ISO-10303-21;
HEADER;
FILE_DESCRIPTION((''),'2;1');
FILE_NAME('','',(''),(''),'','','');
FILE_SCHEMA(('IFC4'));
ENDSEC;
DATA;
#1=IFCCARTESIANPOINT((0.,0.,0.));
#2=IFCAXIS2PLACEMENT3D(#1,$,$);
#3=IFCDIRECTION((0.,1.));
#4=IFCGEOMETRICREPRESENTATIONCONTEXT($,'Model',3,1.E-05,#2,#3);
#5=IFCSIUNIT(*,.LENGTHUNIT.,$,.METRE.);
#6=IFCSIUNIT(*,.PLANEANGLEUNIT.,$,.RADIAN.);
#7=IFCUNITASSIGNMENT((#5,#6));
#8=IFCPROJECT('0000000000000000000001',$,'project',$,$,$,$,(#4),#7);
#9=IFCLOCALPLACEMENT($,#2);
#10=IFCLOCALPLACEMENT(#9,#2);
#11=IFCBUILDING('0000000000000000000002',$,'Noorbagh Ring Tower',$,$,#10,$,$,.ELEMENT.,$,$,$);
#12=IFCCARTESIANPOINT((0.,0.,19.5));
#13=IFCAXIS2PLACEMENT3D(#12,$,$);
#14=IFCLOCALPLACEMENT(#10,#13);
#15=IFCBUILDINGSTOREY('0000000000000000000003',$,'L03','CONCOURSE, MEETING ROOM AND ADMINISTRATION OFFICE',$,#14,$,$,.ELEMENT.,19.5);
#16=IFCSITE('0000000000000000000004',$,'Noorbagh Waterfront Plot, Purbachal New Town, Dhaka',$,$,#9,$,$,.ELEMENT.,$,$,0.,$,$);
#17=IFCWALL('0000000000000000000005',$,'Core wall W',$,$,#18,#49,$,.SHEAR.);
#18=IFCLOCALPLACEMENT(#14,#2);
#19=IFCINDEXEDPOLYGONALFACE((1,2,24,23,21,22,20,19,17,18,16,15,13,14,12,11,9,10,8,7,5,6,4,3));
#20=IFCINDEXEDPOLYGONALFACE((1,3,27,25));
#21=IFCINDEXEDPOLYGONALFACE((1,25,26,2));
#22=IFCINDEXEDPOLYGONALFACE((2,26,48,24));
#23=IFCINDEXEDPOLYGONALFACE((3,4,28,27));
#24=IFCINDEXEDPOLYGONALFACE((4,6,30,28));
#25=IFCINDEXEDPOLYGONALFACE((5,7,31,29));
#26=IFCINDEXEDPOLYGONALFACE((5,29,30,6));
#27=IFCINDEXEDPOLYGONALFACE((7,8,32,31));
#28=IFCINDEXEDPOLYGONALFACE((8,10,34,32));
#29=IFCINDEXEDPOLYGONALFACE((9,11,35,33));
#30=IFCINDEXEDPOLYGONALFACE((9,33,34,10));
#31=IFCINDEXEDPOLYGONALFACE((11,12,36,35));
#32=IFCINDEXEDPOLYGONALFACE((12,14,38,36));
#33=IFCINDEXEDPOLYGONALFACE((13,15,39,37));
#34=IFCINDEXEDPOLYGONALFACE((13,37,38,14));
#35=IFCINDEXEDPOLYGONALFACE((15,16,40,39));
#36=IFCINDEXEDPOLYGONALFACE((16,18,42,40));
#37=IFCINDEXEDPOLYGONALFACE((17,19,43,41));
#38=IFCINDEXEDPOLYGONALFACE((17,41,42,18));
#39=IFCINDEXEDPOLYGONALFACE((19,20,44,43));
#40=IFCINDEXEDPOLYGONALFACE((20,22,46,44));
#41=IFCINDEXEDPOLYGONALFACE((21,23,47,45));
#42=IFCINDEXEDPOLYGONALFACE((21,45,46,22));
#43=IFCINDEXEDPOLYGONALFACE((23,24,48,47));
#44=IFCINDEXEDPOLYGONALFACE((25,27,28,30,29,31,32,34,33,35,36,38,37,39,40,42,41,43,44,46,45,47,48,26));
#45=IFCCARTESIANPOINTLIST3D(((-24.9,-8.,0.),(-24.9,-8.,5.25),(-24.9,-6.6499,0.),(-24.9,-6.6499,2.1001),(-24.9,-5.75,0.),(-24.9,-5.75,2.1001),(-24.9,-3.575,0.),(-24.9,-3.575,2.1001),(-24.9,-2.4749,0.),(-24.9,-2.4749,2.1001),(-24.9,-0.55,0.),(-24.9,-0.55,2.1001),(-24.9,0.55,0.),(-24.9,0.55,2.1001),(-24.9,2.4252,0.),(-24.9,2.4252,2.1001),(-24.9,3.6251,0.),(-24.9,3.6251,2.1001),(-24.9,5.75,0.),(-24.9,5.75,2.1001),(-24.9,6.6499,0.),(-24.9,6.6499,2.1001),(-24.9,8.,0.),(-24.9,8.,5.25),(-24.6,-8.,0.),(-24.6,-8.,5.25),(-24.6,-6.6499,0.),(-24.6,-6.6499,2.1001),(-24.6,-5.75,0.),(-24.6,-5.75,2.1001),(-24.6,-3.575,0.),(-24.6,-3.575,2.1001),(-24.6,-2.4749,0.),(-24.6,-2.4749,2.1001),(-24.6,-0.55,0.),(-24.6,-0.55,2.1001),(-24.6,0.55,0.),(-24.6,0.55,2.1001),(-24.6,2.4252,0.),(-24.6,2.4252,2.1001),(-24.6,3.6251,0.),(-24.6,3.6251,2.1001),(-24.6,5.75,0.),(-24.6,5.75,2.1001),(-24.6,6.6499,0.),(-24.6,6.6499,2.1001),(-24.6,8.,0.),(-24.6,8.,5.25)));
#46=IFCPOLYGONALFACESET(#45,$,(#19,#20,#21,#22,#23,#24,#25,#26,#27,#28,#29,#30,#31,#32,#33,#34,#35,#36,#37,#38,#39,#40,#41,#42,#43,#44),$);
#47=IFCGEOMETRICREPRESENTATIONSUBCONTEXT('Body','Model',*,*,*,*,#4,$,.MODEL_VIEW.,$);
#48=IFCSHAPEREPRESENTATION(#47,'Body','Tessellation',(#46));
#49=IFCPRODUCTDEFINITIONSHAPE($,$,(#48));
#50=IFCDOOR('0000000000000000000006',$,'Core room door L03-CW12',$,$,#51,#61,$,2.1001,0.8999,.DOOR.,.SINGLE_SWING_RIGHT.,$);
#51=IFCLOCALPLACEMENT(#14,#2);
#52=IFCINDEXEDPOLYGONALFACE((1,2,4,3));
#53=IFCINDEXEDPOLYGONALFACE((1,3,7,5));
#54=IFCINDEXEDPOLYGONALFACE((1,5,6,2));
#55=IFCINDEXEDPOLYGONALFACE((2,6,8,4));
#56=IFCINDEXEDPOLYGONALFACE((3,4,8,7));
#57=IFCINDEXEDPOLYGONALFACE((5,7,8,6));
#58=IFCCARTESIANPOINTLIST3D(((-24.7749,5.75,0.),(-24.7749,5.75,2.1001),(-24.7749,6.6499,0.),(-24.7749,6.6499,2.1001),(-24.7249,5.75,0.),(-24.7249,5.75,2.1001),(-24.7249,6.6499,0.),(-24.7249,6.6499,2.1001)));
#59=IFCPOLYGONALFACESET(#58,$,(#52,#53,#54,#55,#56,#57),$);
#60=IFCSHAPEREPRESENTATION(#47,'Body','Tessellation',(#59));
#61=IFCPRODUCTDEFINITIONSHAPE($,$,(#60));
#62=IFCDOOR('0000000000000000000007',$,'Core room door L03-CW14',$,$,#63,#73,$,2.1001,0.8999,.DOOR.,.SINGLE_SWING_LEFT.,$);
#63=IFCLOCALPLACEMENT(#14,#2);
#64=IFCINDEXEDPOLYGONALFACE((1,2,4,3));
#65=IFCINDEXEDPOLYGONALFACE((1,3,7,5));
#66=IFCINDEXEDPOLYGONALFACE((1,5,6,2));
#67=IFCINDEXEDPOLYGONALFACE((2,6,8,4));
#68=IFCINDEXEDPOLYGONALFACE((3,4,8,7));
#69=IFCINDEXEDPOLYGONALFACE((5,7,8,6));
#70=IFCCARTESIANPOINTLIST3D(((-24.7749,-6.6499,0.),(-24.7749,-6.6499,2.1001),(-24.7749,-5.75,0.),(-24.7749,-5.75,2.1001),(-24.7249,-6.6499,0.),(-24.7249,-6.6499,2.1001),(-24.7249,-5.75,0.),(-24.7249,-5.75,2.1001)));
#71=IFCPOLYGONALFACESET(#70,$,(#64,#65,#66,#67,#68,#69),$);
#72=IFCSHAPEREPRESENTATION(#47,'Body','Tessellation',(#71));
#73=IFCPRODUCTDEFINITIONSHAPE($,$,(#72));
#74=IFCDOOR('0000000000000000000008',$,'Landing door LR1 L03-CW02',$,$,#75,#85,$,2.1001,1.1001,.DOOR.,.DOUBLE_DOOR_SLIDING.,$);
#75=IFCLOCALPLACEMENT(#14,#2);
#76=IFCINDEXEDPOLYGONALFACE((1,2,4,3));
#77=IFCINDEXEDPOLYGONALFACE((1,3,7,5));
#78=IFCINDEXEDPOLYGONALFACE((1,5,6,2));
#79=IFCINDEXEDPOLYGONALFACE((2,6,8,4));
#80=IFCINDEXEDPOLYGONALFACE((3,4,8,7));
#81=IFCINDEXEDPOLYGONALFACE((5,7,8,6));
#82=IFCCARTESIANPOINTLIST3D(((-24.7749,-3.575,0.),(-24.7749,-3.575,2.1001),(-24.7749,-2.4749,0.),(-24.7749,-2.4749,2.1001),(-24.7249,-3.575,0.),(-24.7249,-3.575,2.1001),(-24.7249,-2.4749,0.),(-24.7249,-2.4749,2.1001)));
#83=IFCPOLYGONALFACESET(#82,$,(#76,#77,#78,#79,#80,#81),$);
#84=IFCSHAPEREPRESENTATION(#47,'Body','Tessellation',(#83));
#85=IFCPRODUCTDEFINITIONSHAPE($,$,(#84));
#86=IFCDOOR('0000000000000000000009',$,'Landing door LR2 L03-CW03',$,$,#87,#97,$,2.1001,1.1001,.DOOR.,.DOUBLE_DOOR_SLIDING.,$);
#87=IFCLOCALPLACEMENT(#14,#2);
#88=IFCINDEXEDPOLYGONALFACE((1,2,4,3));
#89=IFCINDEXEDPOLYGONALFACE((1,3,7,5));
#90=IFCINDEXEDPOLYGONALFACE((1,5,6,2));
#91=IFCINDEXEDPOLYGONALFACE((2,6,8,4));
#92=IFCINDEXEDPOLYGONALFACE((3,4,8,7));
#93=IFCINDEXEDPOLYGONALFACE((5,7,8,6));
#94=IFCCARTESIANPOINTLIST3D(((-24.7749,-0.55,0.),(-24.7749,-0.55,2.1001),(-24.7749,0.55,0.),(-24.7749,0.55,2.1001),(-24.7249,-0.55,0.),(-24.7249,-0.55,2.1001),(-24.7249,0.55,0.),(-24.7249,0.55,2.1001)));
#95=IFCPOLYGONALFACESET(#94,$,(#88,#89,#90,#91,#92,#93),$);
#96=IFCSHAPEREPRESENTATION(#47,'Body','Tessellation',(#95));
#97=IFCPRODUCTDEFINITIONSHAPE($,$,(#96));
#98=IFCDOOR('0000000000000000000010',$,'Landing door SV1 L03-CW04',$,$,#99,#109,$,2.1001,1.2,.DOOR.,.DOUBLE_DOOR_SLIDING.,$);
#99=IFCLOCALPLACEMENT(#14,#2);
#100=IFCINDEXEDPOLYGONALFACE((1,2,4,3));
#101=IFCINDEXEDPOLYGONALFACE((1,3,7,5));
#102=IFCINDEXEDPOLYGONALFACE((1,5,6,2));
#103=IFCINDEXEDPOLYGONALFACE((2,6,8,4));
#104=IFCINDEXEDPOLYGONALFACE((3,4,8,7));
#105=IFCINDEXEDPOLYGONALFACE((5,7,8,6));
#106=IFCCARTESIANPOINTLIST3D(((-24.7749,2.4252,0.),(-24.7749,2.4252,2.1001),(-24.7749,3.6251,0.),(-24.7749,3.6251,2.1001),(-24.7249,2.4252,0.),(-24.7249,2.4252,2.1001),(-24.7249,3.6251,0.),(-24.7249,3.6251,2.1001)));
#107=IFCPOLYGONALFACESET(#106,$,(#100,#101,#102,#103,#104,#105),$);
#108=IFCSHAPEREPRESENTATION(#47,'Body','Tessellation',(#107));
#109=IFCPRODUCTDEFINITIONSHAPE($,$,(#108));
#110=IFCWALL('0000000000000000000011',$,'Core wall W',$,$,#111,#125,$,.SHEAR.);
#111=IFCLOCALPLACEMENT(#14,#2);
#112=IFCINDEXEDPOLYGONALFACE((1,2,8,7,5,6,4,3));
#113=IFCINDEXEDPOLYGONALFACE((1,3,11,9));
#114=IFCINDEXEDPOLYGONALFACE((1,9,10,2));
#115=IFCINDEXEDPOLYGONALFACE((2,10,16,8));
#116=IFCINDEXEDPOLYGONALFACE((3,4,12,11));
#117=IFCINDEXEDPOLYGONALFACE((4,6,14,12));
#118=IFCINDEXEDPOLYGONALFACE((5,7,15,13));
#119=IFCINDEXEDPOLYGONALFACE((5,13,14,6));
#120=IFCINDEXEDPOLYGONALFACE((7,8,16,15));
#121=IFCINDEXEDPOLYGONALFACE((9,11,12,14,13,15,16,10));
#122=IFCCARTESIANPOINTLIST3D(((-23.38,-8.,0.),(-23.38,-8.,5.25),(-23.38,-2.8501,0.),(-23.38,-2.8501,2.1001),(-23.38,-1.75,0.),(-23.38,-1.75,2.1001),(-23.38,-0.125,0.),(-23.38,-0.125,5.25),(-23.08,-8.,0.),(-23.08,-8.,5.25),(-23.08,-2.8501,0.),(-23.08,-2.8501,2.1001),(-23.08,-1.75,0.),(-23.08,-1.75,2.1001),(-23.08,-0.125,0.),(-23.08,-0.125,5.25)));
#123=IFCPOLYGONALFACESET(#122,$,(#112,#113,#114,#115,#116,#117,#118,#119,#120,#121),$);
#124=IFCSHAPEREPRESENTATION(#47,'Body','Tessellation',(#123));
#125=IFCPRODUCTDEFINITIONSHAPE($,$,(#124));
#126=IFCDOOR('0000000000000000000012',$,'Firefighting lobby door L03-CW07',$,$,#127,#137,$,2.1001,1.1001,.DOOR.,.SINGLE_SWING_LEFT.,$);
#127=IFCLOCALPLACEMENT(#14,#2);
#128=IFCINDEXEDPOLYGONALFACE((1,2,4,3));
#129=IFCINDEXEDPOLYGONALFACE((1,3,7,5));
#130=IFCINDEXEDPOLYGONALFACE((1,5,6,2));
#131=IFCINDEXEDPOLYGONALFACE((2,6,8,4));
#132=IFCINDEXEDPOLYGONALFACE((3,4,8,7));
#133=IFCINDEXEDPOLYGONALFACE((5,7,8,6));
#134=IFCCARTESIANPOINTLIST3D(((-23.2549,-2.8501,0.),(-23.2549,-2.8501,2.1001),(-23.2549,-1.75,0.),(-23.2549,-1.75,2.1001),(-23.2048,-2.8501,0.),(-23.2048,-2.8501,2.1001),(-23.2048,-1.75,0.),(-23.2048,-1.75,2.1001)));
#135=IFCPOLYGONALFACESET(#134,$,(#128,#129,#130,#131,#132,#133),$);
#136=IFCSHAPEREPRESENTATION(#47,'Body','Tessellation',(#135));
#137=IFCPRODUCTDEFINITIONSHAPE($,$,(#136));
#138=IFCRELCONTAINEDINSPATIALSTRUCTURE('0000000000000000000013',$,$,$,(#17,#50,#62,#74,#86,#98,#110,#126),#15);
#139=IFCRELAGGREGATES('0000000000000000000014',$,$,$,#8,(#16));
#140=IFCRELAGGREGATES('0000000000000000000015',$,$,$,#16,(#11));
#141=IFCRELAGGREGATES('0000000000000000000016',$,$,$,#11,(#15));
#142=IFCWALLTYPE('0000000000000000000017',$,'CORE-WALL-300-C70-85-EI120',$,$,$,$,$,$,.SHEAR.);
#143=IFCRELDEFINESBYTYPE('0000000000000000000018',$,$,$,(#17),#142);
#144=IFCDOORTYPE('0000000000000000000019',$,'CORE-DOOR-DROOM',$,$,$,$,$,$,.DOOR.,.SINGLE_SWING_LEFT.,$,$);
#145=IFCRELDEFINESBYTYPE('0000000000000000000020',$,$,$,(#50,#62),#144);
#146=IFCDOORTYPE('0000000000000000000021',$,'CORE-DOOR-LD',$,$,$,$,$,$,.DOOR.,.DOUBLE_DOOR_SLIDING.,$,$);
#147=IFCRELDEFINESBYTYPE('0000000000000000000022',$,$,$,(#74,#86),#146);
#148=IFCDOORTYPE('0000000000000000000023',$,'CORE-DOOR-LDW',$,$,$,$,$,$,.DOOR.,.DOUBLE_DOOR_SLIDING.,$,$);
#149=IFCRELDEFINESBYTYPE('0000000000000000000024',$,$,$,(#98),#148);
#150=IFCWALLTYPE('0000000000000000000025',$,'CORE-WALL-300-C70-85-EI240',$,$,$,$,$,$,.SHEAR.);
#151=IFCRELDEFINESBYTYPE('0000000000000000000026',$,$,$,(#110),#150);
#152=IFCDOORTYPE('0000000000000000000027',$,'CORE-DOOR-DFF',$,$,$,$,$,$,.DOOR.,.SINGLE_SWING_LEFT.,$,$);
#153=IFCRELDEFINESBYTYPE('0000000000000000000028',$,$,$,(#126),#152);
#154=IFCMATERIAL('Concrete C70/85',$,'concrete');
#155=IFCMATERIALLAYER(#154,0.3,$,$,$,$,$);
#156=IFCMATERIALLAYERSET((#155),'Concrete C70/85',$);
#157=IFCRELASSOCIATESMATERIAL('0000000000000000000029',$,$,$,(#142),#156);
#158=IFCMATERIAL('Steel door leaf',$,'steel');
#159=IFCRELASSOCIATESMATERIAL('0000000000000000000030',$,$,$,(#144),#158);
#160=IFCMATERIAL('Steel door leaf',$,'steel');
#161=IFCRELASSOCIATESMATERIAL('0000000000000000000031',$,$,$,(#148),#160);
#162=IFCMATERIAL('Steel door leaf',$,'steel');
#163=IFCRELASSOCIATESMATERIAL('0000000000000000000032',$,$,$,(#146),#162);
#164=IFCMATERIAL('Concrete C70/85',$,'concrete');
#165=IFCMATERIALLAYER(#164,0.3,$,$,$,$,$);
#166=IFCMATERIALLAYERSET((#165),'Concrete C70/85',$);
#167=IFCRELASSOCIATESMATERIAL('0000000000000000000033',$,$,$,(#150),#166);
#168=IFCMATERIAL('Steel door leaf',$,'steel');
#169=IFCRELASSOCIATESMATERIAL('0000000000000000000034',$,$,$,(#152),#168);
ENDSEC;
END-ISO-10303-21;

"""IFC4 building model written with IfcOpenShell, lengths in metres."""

from ifc_helpers import new_model, si_unit, direction, frame, frame_2d, origin, place, context, subcontext, project, spatial, rectangle, extrude, material, layer, layer_set, type_object, element, fill, save


model = new_model("IFC4")

# Units and contexts
model_context = context("Model", 3, precision=1e-05, world=origin(), true_north=direction((0.0, 1.0)))
body_context = subcontext(model_context, "Body", "Model", "MODEL_VIEW")
ifc_project = project(units=[si_unit("LENGTHUNIT", "METRE"), si_unit("PLANEANGLEUNIT", "RADIAN")], contexts=[model_context])

# Site, building, storey
site_placement = place(None, origin())
site = spatial("IfcSite", under=ifc_project, at=site_placement, Name="Noorbagh Waterfront Plot, Purbachal New Town, Dhaka", CompositionType="ELEMENT", RefElevation=0.0)
building_placement = place(site_placement, origin())
building = spatial("IfcBuilding", under=site, at=building_placement, Name="Noorbagh Ring Tower", CompositionType="ELEMENT")
storey_placement = place(building_placement, frame((0.0, 0.0, 19.5)))
storey = spatial("IfcBuildingStorey", under=building, at=storey_placement, Name="L03", Description="CONCOURSE, MEETING ROOM AND ADMINISTRATION OFFICE", CompositionType="ELEMENT", Elevation=19.5)

# Wall, openings, doors
ifc_material_1 = material(Name="Concrete C70/85", Category="concrete")
ifc_layer_1 = layer(ifc_material_1, 0.3)
ifc_layer_set_1 = layer_set([ifc_layer_1], Name="Concrete C70/85")
wall_type_1 = type_object("IfcWallType", Name="CORE-WALL-300-C70-85-EI120", PredefinedType="SHEAR", material=ifc_layer_set_1)
ifc_material_2 = material(Name="Steel door leaf", Category="steel")
door_type_1 = type_object("IfcDoorType", Name="CORE-DOOR-DROOM", OperationType="SINGLE_SWING_LEFT", PredefinedType="DOOR", material=ifc_material_2)
ifc_material_3 = material(Name="Steel door leaf", Category="steel")
door_type_2 = type_object("IfcDoorType", Name="CORE-DOOR-LDW", OperationType="DOUBLE_DOOR_SLIDING", PredefinedType="DOOR", material=ifc_material_3)
wall_1_placement = place(storey_placement, frame((-24.75, -8.0, 0.0), z_axis=(0.0, 0.0, 1.0), x_axis=(0.0, 1.0, 0.0)))
wall_1 = element("IfcWall", 1, at=wall_1_placement, inside=storey, type_object=wall_type_1, Name="Core wall W", PredefinedType="SHEAR", context=body_context, shape_type="SweptSolid", body=[
    extrude(rectangle(XDim=16.0, YDim=0.3, at=frame_2d((8.0, 0.0))), origin(), (0.0, 0.0, 1.0), 5.25),
])
opening_1_placement = place(wall_1_placement, frame((4.425, 0.0, 0.0)))
opening_1 = element("IfcOpeningElement", 2, at=opening_1_placement, cuts=wall_1, PredefinedType="OPENING", context=body_context, shape_type="SweptSolid", body=[
    extrude(rectangle(XDim=1.1001, YDim=2.1001, at=frame_2d((0.55, 1.05))), frame((0.0, 0.1602, 0.0), z_axis=(0.0, -1.0, 0.0), x_axis=(1.0, 0.0, 0.0)), (0.0, 0.0, 1.0), 0.3201),
])
opening_2_placement = place(wall_1_placement, frame((7.45, 0.0, 0.0)))
opening_2 = element("IfcOpeningElement", 3, at=opening_2_placement, cuts=wall_1, PredefinedType="OPENING", context=body_context, shape_type="SweptSolid", body=[
    extrude(rectangle(XDim=1.1001, YDim=2.1001, at=frame_2d((0.55, 1.05))), frame((0.0, 0.1602, 0.0), z_axis=(0.0, -1.0, 0.0), x_axis=(1.0, 0.0, 0.0)), (0.0, 0.0, 1.0), 0.3201),
])
opening_3_placement = place(wall_1_placement, frame((10.425, 0.0, 0.0)))
opening_3 = element("IfcOpeningElement", 4, at=opening_3_placement, cuts=wall_1, PredefinedType="OPENING", context=body_context, shape_type="SweptSolid", body=[
    extrude(rectangle(XDim=1.2, YDim=2.1001, at=frame_2d((0.6001, 1.05))), frame((0.0, 0.1602, 0.0), z_axis=(0.0, -1.0, 0.0), x_axis=(1.0, 0.0, 0.0)), (0.0, 0.0, 1.0), 0.3201),
])
opening_4_placement = place(wall_1_placement, frame((13.75, 0.0, 0.0)))
opening_4 = element("IfcOpeningElement", 5, at=opening_4_placement, cuts=wall_1, PredefinedType="OPENING", context=body_context, shape_type="SweptSolid", body=[
    extrude(rectangle(XDim=0.8999, YDim=2.1001, at=frame_2d((0.45, 1.05))), frame((0.0, 0.1602, 0.0), z_axis=(0.0, -1.0, 0.0), x_axis=(1.0, 0.0, 0.0)), (0.0, 0.0, 1.0), 0.3201),
])
opening_5_placement = place(wall_1_placement, frame((1.3501, 0.0, 0.0)))
opening_5 = element("IfcOpeningElement", 6, at=opening_5_placement, cuts=wall_1, PredefinedType="OPENING", context=body_context, shape_type="SweptSolid", body=[
    extrude(rectangle(XDim=0.8999, YDim=2.1001, at=frame_2d((0.45, 1.05))), frame((0.0, 0.1602, 0.0), z_axis=(0.0, -1.0, 0.0), x_axis=(1.0, 0.0, 0.0)), (0.0, 0.0, 1.0), 0.3201),
])
door_1_placement = place(opening_4_placement, origin())
door_1 = element("IfcDoor", 7, at=door_1_placement, inside=storey, type_object=door_type_1, Name="Core room door L03-CW12", OperationType="SINGLE_SWING_RIGHT", OverallHeight=2.1001, OverallWidth=0.8999, PredefinedType="DOOR", context=body_context, shape_type="SweptSolid", body=[
    extrude(rectangle(XDim=0.8999, YDim=2.1001, at=frame_2d((0.45, 1.05))), frame((0.0, 0.0249, 0.0), z_axis=(0.0, -1.0, 0.0), x_axis=(1.0, 0.0, 0.0)), (0.0, 0.0, 1.0), 0.05),
])
fill(opening_4, door_1)
door_2_placement = place(opening_5_placement, origin())
door_2 = element("IfcDoor", 8, at=door_2_placement, inside=storey, type_object=door_type_1, Name="Core room door L03-CW14", OperationType="SINGLE_SWING_LEFT", OverallHeight=2.1001, OverallWidth=0.8999, PredefinedType="DOOR", context=body_context, shape_type="SweptSolid", body=[
    extrude(rectangle(XDim=0.8999, YDim=2.1001, at=frame_2d((0.45, 1.05))), frame((0.0, 0.0249, 0.0), z_axis=(0.0, -1.0, 0.0), x_axis=(1.0, 0.0, 0.0)), (0.0, 0.0, 1.0), 0.05),
])
fill(opening_5, door_2)
ifc_material_4 = material(Name="Steel door leaf", Category="steel")
door_type_3 = type_object("IfcDoorType", Name="CORE-DOOR-LD", OperationType="DOUBLE_DOOR_SLIDING", PredefinedType="DOOR", material=ifc_material_4)
door_3_placement = place(opening_1_placement, origin())
door_3 = element("IfcDoor", 9, at=door_3_placement, inside=storey, type_object=door_type_3, Name="Landing door LR1 L03-CW02", OperationType="DOUBLE_DOOR_SLIDING", OverallHeight=2.1001, OverallWidth=1.1001, PredefinedType="DOOR", context=body_context, shape_type="SweptSolid", body=[
    extrude(rectangle(XDim=1.1001, YDim=2.1001, at=frame_2d((0.55, 1.05))), frame((0.0, 0.0249, 0.0), z_axis=(0.0, -1.0, 0.0), x_axis=(1.0, 0.0, 0.0)), (0.0, 0.0, 1.0), 0.05),
])
fill(opening_1, door_3)
door_4_placement = place(opening_2_placement, origin())
door_4 = element("IfcDoor", 10, at=door_4_placement, inside=storey, type_object=door_type_3, Name="Landing door LR2 L03-CW03", OperationType="DOUBLE_DOOR_SLIDING", OverallHeight=2.1001, OverallWidth=1.1001, PredefinedType="DOOR", context=body_context, shape_type="SweptSolid", body=[
    extrude(rectangle(XDim=1.1001, YDim=2.1001, at=frame_2d((0.55, 1.05))), frame((0.0, 0.0249, 0.0), z_axis=(0.0, -1.0, 0.0), x_axis=(1.0, 0.0, 0.0)), (0.0, 0.0, 1.0), 0.05),
])
fill(opening_2, door_4)
door_5_placement = place(opening_3_placement, origin())
door_5 = element("IfcDoor", 11, at=door_5_placement, inside=storey, type_object=door_type_2, Name="Landing door SV1 L03-CW04", OperationType="DOUBLE_DOOR_SLIDING", OverallHeight=2.1001, OverallWidth=1.2, PredefinedType="DOOR", context=body_context, shape_type="SweptSolid", body=[
    extrude(rectangle(XDim=1.2, YDim=2.1001, at=frame_2d((0.6001, 1.05))), frame((0.0, 0.0249, 0.0), z_axis=(0.0, -1.0, 0.0), x_axis=(1.0, 0.0, 0.0)), (0.0, 0.0, 1.0), 0.05),
])
fill(opening_3, door_5)

# Wall, opening, door
ifc_material_5 = material(Name="Concrete C70/85", Category="concrete")
ifc_layer_2 = layer(ifc_material_5, 0.3)
ifc_layer_set_2 = layer_set([ifc_layer_2], Name="Concrete C70/85")
wall_type_2 = type_object("IfcWallType", Name="CORE-WALL-300-C70-85-EI240", PredefinedType="SHEAR", material=ifc_layer_set_2)
wall_2_placement = place(storey_placement, frame((-23.23, -8.0, 0.0), z_axis=(0.0, 0.0, 1.0), x_axis=(0.0, 1.0, 0.0)))
wall_2 = element("IfcWall", 12, at=wall_2_placement, inside=storey, type_object=wall_type_2, Name="Core wall W", PredefinedType="SHEAR", context=body_context, shape_type="SweptSolid", body=[
    extrude(rectangle(XDim=7.875, YDim=0.3, at=frame_2d((3.9375, 0.0))), origin(), (0.0, 0.0, 1.0), 5.25),
])
opening_6_placement = place(wall_2_placement, frame((5.1499, 0.0, 0.0)))
opening_6 = element("IfcOpeningElement", 13, at=opening_6_placement, cuts=wall_2, PredefinedType="OPENING", context=body_context, shape_type="SweptSolid", body=[
    extrude(rectangle(XDim=1.1001, YDim=2.1001, at=frame_2d((0.55, 1.05))), frame((0.0, 0.1602, 0.0), z_axis=(0.0, -1.0, 0.0), x_axis=(1.0, 0.0, 0.0)), (0.0, 0.0, 1.0), 0.3201),
])
ifc_material_6 = material(Name="Steel door leaf", Category="steel")
door_type_4 = type_object("IfcDoorType", Name="CORE-DOOR-DFF", OperationType="SINGLE_SWING_LEFT", PredefinedType="DOOR", material=ifc_material_6)
door_6_placement = place(opening_6_placement, origin())
door_6 = element("IfcDoor", 14, at=door_6_placement, inside=storey, type_object=door_type_4, Name="Firefighting lobby door L03-CW07", OperationType="SINGLE_SWING_LEFT", OverallHeight=2.1001, OverallWidth=1.1001, PredefinedType="DOOR", context=body_context, shape_type="SweptSolid", body=[
    extrude(rectangle(XDim=1.1001, YDim=2.1001, at=frame_2d((0.55, 1.05))), frame((0.0, 0.0249, 0.0), z_axis=(0.0, -1.0, 0.0), x_axis=(1.0, 0.0, 0.0)), (0.0, 0.0, 1.0), 0.05),
])
fill(opening_6, door_6)

save(model, "model.ifc")
